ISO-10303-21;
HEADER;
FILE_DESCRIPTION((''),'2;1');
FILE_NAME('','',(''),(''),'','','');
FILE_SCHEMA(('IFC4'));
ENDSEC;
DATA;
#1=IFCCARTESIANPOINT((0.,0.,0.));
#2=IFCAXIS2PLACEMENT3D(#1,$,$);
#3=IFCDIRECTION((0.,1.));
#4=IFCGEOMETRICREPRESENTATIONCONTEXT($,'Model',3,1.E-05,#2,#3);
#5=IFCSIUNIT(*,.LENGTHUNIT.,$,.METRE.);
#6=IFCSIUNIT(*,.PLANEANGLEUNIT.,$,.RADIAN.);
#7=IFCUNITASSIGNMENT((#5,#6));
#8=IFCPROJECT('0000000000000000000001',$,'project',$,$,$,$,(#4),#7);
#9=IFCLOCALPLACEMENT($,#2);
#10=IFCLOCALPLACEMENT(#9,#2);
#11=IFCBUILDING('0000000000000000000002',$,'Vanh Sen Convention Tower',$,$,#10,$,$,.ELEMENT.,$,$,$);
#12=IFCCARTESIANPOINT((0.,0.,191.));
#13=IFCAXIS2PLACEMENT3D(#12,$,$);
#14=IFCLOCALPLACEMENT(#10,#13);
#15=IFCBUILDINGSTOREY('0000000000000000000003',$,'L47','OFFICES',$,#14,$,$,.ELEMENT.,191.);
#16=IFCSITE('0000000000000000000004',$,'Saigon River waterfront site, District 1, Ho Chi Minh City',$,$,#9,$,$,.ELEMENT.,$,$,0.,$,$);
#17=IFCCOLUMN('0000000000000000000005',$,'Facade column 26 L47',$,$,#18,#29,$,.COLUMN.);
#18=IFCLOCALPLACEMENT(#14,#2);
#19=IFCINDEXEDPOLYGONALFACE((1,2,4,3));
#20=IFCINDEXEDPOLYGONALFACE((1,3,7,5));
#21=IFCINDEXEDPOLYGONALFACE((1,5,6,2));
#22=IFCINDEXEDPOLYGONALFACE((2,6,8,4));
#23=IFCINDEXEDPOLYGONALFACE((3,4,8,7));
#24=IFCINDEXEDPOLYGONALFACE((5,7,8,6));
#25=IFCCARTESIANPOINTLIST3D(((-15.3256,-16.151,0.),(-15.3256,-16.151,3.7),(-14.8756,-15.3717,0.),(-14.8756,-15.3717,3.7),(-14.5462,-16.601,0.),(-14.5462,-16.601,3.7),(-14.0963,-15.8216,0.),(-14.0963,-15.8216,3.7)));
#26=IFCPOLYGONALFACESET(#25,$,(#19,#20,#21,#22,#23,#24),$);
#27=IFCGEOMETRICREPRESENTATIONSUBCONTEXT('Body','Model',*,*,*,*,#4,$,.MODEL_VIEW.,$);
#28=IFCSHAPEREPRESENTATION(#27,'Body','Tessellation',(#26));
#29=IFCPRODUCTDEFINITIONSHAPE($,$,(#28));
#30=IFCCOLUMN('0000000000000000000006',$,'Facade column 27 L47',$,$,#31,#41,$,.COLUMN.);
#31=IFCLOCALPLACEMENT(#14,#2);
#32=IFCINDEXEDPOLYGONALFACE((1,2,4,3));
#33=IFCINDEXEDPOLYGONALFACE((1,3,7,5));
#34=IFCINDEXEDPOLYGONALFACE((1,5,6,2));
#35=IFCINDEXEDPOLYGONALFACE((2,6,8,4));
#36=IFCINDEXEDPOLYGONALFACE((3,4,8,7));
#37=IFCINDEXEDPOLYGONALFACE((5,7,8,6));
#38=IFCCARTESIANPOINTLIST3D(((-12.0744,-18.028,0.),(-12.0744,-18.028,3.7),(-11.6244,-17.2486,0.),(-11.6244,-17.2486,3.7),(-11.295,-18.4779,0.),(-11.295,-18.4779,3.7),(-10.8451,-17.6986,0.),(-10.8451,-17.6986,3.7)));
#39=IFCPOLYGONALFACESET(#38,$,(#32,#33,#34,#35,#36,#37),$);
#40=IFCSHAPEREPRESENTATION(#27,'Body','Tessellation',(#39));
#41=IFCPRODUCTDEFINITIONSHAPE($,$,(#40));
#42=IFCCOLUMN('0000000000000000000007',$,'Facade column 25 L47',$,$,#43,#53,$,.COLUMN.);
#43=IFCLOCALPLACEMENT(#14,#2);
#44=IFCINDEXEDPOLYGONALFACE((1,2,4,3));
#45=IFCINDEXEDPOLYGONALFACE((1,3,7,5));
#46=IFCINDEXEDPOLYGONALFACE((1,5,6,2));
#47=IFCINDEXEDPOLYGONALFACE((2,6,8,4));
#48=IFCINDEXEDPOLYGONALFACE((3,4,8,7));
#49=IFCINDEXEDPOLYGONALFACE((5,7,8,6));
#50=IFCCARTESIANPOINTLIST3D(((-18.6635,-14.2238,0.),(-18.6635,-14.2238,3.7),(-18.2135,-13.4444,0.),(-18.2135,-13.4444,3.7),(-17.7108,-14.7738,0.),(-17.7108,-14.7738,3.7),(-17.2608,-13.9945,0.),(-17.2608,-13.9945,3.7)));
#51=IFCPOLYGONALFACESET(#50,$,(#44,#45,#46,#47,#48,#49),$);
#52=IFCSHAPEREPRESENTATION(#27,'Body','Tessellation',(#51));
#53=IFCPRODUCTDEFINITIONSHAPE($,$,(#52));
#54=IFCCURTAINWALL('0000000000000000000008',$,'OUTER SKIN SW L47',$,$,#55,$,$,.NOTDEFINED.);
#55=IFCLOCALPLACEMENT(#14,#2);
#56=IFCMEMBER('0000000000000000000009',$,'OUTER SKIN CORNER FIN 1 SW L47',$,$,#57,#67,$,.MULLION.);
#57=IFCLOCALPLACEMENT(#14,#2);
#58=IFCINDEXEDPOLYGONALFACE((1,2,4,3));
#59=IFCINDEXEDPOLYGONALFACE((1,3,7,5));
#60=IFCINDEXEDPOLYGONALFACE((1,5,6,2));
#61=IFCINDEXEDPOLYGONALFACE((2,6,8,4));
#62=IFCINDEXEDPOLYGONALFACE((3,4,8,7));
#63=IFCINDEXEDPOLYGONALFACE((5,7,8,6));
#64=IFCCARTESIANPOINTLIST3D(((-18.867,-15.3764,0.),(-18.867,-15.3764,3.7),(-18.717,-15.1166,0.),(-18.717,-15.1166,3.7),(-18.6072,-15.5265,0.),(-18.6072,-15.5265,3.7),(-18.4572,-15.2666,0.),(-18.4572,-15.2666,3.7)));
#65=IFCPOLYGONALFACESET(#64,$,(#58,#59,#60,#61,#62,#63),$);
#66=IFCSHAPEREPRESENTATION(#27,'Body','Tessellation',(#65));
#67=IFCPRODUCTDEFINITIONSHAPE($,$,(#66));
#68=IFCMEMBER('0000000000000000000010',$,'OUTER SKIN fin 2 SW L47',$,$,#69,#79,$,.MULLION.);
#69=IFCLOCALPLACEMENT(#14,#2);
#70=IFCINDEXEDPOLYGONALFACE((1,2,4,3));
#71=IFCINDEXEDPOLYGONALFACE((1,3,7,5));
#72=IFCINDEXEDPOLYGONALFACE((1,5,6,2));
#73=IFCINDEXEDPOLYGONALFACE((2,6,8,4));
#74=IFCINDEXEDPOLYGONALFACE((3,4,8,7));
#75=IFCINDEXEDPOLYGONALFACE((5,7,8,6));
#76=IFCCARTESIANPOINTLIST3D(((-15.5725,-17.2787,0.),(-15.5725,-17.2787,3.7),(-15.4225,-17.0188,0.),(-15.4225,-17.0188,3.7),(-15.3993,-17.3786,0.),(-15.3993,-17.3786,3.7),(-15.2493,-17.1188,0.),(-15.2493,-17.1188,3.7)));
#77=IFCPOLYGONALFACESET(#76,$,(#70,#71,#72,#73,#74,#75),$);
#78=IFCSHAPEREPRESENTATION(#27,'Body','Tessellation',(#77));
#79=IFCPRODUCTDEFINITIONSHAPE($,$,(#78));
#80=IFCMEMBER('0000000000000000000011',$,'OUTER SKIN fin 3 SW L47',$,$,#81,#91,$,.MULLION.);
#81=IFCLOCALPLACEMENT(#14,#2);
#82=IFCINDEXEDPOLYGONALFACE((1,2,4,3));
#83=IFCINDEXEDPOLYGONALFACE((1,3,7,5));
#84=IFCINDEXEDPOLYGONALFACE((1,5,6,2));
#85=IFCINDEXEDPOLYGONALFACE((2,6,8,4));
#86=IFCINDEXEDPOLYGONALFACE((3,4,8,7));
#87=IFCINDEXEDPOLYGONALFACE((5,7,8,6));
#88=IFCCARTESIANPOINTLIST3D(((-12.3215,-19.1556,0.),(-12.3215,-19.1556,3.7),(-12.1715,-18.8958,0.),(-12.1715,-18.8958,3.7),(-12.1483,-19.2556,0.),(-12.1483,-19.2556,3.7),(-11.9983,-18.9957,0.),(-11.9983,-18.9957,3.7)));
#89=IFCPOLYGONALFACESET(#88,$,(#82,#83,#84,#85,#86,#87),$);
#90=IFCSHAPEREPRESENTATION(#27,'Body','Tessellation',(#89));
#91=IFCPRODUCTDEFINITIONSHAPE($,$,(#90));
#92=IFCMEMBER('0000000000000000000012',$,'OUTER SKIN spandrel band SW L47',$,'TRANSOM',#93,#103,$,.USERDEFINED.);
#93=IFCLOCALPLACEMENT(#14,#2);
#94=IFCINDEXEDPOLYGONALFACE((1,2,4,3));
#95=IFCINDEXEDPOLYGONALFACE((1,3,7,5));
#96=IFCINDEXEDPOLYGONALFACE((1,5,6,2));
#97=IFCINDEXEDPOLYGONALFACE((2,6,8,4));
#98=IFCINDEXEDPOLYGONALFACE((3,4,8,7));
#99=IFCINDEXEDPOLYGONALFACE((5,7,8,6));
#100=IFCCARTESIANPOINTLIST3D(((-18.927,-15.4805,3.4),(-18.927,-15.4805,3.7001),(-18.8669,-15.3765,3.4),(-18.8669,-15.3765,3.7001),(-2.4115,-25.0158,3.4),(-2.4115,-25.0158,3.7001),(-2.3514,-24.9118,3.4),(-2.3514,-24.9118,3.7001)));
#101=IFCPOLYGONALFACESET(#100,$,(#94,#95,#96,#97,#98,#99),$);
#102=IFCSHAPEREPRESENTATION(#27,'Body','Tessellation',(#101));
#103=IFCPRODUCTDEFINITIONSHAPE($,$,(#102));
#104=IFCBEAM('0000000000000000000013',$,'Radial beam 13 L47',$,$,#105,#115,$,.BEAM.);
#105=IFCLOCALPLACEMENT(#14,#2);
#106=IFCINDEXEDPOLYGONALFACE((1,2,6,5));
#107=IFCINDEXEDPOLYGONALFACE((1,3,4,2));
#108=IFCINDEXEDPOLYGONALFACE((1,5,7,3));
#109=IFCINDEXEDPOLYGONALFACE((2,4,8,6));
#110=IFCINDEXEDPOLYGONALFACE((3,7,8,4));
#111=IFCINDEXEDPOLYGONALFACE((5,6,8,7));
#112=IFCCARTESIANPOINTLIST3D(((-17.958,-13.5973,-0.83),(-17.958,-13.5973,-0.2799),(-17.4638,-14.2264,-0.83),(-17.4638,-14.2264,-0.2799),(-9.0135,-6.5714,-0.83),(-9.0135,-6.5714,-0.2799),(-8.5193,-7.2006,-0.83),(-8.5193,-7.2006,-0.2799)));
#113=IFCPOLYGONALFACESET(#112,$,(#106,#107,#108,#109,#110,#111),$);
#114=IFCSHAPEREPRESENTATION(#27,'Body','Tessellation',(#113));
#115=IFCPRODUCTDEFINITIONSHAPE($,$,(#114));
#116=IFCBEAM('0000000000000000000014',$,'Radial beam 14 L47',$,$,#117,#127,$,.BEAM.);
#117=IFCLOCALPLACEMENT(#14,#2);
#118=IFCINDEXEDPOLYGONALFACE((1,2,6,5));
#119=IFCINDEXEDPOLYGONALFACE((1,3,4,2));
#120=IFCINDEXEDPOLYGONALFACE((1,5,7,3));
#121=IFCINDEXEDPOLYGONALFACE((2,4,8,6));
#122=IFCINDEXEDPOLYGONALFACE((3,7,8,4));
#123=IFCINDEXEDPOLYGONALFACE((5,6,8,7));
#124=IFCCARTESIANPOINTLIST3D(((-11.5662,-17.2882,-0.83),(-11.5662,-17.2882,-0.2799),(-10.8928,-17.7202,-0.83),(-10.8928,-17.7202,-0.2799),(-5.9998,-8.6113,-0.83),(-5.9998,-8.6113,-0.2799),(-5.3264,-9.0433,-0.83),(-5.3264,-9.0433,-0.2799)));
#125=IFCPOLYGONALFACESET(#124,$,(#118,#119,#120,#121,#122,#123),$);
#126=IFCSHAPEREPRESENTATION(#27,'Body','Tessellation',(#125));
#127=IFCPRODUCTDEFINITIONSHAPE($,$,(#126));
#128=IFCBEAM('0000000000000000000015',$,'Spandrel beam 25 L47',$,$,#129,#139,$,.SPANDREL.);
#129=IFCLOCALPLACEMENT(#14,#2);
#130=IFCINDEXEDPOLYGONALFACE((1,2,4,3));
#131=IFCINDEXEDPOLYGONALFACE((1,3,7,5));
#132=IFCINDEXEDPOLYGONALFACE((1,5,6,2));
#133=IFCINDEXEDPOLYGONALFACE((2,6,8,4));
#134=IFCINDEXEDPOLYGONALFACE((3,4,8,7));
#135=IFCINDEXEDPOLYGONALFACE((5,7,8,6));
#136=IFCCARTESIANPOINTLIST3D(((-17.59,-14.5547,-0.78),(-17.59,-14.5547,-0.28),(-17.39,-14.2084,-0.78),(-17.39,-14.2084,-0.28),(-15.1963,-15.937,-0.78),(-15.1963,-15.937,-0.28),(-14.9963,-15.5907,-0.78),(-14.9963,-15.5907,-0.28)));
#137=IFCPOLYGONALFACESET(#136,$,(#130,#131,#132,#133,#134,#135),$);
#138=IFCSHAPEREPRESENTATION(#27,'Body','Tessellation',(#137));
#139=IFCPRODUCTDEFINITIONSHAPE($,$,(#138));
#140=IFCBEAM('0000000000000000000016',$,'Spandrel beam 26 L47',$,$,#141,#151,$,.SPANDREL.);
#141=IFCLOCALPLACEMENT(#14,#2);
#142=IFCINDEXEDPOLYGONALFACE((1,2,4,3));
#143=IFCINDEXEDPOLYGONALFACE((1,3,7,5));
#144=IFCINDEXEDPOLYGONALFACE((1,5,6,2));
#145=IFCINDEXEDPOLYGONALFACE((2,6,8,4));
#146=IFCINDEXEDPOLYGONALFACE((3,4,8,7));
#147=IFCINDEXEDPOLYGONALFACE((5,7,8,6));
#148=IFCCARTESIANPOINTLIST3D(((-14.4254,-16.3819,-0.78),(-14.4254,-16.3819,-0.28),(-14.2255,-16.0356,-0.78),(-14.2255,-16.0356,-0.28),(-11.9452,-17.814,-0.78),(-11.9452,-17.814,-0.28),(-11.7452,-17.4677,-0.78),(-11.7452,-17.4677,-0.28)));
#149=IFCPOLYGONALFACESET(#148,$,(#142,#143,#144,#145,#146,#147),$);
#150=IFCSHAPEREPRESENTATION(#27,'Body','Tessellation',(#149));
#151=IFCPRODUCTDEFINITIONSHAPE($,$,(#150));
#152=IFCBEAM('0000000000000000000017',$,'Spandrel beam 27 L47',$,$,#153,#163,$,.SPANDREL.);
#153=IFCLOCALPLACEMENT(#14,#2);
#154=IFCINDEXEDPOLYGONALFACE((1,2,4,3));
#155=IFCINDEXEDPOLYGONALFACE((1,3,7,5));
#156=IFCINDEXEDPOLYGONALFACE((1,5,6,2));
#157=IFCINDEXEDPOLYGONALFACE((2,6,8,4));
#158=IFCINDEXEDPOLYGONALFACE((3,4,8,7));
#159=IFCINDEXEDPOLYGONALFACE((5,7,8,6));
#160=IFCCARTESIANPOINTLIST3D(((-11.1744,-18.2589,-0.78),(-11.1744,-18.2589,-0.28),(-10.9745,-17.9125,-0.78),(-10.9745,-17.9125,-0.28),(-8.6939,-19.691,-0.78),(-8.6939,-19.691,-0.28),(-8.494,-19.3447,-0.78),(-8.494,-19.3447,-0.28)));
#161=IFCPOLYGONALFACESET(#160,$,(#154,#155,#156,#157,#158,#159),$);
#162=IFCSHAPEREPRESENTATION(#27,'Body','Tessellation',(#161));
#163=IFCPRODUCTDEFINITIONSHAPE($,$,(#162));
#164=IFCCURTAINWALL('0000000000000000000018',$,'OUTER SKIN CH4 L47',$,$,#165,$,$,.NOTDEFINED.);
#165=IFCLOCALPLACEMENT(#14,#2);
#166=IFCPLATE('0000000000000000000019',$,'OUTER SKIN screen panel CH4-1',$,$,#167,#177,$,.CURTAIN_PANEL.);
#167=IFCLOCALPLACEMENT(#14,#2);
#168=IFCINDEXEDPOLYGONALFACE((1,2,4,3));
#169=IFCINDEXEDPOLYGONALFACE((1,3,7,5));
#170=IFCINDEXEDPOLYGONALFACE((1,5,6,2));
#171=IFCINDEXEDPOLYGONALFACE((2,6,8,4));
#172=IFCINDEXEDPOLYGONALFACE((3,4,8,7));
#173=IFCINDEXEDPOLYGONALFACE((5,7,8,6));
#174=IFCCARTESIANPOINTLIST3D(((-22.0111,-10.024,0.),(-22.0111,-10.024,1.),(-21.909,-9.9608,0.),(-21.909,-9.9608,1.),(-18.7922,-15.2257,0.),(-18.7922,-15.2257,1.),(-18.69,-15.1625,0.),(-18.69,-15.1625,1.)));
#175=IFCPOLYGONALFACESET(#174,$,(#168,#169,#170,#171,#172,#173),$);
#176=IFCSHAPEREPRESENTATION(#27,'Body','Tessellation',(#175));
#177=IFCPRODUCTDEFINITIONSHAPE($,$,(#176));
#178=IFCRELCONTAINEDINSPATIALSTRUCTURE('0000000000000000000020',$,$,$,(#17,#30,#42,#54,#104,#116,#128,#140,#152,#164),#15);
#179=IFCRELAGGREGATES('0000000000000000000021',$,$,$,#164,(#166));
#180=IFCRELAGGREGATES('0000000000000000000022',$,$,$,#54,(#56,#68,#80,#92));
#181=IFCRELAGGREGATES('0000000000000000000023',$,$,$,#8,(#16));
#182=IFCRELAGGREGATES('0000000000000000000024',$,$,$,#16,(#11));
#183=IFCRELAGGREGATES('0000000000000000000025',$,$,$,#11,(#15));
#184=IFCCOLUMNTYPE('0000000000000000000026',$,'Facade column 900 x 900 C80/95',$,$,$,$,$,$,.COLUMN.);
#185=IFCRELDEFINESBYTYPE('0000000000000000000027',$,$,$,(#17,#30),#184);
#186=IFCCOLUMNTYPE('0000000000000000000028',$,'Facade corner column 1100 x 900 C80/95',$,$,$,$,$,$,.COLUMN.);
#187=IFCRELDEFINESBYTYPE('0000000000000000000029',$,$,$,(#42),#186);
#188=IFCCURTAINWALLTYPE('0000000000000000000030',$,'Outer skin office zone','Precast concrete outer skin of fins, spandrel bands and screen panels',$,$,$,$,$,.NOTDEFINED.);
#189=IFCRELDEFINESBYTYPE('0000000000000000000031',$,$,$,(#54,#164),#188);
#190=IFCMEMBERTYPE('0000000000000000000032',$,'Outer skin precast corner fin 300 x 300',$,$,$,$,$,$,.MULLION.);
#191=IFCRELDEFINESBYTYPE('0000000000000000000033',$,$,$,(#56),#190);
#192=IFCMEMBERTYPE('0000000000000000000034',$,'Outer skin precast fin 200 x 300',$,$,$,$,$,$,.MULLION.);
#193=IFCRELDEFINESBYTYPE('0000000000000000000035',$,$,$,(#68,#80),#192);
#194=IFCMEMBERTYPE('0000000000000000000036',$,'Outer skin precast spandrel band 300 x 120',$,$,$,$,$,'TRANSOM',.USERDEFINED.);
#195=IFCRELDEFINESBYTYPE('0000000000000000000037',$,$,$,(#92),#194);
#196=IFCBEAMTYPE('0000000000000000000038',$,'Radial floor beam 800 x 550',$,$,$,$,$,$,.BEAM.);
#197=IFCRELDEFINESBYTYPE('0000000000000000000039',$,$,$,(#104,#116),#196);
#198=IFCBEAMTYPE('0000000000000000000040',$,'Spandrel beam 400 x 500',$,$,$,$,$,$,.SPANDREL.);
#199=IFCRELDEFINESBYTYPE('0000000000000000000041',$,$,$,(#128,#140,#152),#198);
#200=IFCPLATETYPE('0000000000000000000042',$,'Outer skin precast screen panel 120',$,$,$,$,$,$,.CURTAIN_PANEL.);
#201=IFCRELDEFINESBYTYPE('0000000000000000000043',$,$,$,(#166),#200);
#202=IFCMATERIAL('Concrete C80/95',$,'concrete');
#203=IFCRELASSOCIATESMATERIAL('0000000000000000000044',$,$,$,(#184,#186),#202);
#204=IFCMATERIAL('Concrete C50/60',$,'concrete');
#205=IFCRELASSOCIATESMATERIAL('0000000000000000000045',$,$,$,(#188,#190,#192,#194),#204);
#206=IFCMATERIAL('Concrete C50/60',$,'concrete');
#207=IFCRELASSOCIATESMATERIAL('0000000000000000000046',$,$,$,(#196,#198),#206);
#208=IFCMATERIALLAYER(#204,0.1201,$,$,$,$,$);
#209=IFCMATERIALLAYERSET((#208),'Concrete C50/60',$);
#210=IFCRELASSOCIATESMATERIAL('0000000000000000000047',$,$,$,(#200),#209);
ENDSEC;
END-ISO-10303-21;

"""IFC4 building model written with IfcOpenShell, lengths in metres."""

from ifc_helpers import new_model, si_unit, direction, frame, origin, origin_2d, place, context, subcontext, project, spatial, rectangle, extrude, material, layer, layer_set, material_profile, profile_set, type_object, element, aggregate, save


model = new_model("IFC4")

# Units and contexts
model_context = context("Model", 3, precision=1e-05, world=origin(), true_north=direction((0.0, 1.0)))
body_context = subcontext(model_context, "Body", "Model", "MODEL_VIEW")
ifc_project = project(units=[si_unit("LENGTHUNIT", "METRE"), si_unit("PLANEANGLEUNIT", "RADIAN")], contexts=[model_context])

# Site, building, storey
site_placement = place(None, origin())
site = spatial("IfcSite", under=ifc_project, at=site_placement, Name="Saigon River waterfront site, District 1, Ho Chi Minh City", CompositionType="ELEMENT", RefElevation=0.0)
building_placement = place(site_placement, origin())
building = spatial("IfcBuilding", under=site, at=building_placement, Name="Vanh Sen Convention Tower", CompositionType="ELEMENT")
storey_placement = place(building_placement, frame((0.0, 0.0, 191.0)))
storey = spatial("IfcBuildingStorey", under=building, at=storey_placement, Name="L47", Description="OFFICES", CompositionType="ELEMENT", Elevation=191.0)

# Columns
ifc_material_1 = material(Name="Concrete C80/95", Category="concrete")
ifc_material_profile_1 = material_profile(ifc_material_1, rectangle(XDim=0.8999, YDim=0.8999, at=origin_2d()), Name="RC 900X900")
ifc_profile_set_1 = profile_set([ifc_material_profile_1], Name="Concrete C80/95")
column_type_1 = type_object("IfcColumnType", Name="Facade column 900 x 900 C80/95", PredefinedType="COLUMN", material=ifc_profile_set_1)
for number, where, z_axis, x_axis, name in (
    (1, (-14.7109, -15.9863, 0.0), (0.0, 0.0, 1.0), (0.866025, -0.5, 0.0), "Facade column 26 L47"),
    (2, (-11.4597, -17.8633, 0.0), (0.0, 0.0, 1.0), (0.866025, -0.5, 0.0), "Facade column 27 L47"),
):
    element("IfcColumn", number, at=place(storey_placement, frame(where, z_axis=z_axis, x_axis=x_axis)), inside=storey, type_object=column_type_1, Name=name, PredefinedType="COLUMN", context=body_context, shape_type="SweptSolid", body=[
        extrude(rectangle(XDim=0.8999, YDim=0.8999, at=origin_2d()), origin(), (0.0, 0.0, 1.0), 3.7),
    ])
ifc_material_profile_2 = material_profile(ifc_material_1, rectangle(XDim=1.1001, YDim=0.8999, at=origin_2d()), Name="RC 1100X900")
ifc_profile_set_2 = profile_set([ifc_material_profile_2], Name="Concrete C80/95")
column_type_2 = type_object("IfcColumnType", Name="Facade corner column 1100 x 900 C80/95", PredefinedType="COLUMN", material=ifc_profile_set_2)
column_placement = place(storey_placement, frame((-17.9622, -14.1091, 0.0), z_axis=(0.0, 0.0, 1.0), x_axis=(0.866025, -0.5, 0.0)))
element("IfcColumn", 3, at=column_placement, inside=storey, type_object=column_type_2, Name="Facade column 25 L47", PredefinedType="COLUMN", context=body_context, shape_type="SweptSolid", body=[
    extrude(rectangle(XDim=1.1001, YDim=0.8999, at=origin_2d()), origin(), (0.0, 0.0, 1.0), 3.7),
])

# Curtain wall, members
ifc_material_2 = material(Name="Concrete C50/60", Category="concrete")
curtain_wall_type = type_object("IfcCurtainWallType", Name="Outer skin office zone", Description="Precast concrete outer skin of fins, spandrel bands and screen panels", PredefinedType="NOTDEFINED", material=ifc_material_2)
curtain_wall_1_placement = place(storey_placement, origin())
curtain_wall_1 = element("IfcCurtainWall", 4, at=curtain_wall_1_placement, inside=storey, type_object=curtain_wall_type, Name="OUTER SKIN SW L47", PredefinedType="NOTDEFINED")
ifc_material_profile_3 = material_profile(ifc_material_2, rectangle(XDim=0.3, YDim=0.3, at=origin_2d()), Name="Outer skin precast corner fin 300 x 300")
ifc_profile_set_3 = profile_set([ifc_material_profile_3], Name="Concrete C50/60")
member_type_1 = type_object("IfcMemberType", Name="Outer skin precast corner fin 300 x 300", PredefinedType="MULLION", material=ifc_profile_set_3)
member_1_placement = place(storey_placement, frame((-18.6621, -15.3215, 0.0), z_axis=(0.0, 0.0, 1.0), x_axis=(0.866025, -0.5, 0.0)))
member_1 = element("IfcMember", 5, at=member_1_placement, type_object=member_type_1, Name="OUTER SKIN CORNER FIN 1 SW L47", PredefinedType="MULLION", context=body_context, shape_type="SweptSolid", body=[
    extrude(rectangle(XDim=0.3, YDim=0.3, at=origin_2d()), origin(), (0.0, 0.0, 1.0), 3.7),
])
ifc_material_profile_4 = material_profile(ifc_material_2, rectangle(XDim=0.2, YDim=0.3, at=origin_2d()), Name="Outer skin precast fin 200 x 300")
ifc_profile_set_4 = profile_set([ifc_material_profile_4], Name="Concrete C50/60")
member_type_2 = type_object("IfcMemberType", Name="Outer skin precast fin 200 x 300", PredefinedType="MULLION", material=ifc_profile_set_4)
member_2_placement = place(storey_placement, frame((-15.4109, -17.1987, 0.0), z_axis=(0.0, 0.0, 1.0), x_axis=(0.866025, -0.5, 0.0)))
member_2 = element("IfcMember", 6, at=member_2_placement, type_object=member_type_2, Name="OUTER SKIN fin 2 SW L47", PredefinedType="MULLION", context=body_context, shape_type="SweptSolid", body=[
    extrude(rectangle(XDim=0.2, YDim=0.3, at=origin_2d()), origin(), (0.0, 0.0, 1.0), 3.7),
])
member_3_placement = place(storey_placement, frame((-12.1599, -19.0757, 0.0), z_axis=(0.0, 0.0, 1.0), x_axis=(0.866025, -0.5, 0.0)))
member_3 = element("IfcMember", 7, at=member_3_placement, type_object=member_type_2, Name="OUTER SKIN fin 3 SW L47", PredefinedType="MULLION", context=body_context, shape_type="SweptSolid", body=[
    extrude(rectangle(XDim=0.2, YDim=0.3, at=origin_2d()), origin(), (0.0, 0.0, 1.0), 3.7),
])
ifc_material_profile_5 = material_profile(ifc_material_2, rectangle(XDim=0.1201, YDim=0.3, at=origin_2d()), Name="Outer skin precast spandrel band 300 x 120")
ifc_profile_set_5 = profile_set([ifc_material_profile_5], Name="Concrete C50/60")
member_type_3 = type_object("IfcMemberType", Name="Outer skin precast spandrel band 300 x 120", ElementType="TRANSOM", PredefinedType="USERDEFINED", material=ifc_profile_set_5)
member_4_placement = place(storey_placement, frame((-18.897, -15.4285, 3.55), z_axis=(0.866023, -0.500004, 0.0), x_axis=(0.500004, 0.866023, 0.0)))
member_4 = element("IfcMember", 8, at=member_4_placement, type_object=member_type_3, Name="OUTER SKIN spandrel band SW L47", ObjectType="TRANSOM", PredefinedType="USERDEFINED", context=body_context, shape_type="SweptSolid", body=[
    extrude(rectangle(XDim=0.1201, YDim=0.3, at=origin_2d()), origin(), (0.0, 0.0, 1.0), 19.0706),
])

# Beams
ifc_material_3 = material(Name="Concrete C50/60", Category="concrete")
ifc_material_profile_6 = material_profile(ifc_material_3, rectangle(XDim=0.8, YDim=0.55, at=origin_2d()), Name="RC 800X550")
ifc_profile_set_6 = profile_set([ifc_material_profile_6], Name="Concrete C50/60")
beam_type_1 = type_object("IfcBeamType", Name="Radial floor beam 800 x 550", PredefinedType="BEAM", material=ifc_profile_set_6)
beam_1_placement = place(storey_placement, frame((-17.7109, -13.9119, -0.5549), z_axis=(0.786404, 0.617713, 0.0), x_axis=(-0.617713, 0.786404, 0.0)))
element("IfcBeam", 9, at=beam_1_placement, inside=storey, type_object=beam_type_1, Name="Radial beam 13 L47", PredefinedType="BEAM", context=body_context, shape_type="SweptSolid", body=[
    extrude(rectangle(XDim=0.8, YDim=0.55, at=origin_2d()), origin(), (0.0, 0.0, 1.0), 11.374),
])
beam_2_placement = place(storey_placement, frame((-11.2295, -17.5042, -0.5549), z_axis=(0.539967, 0.841686, 0.0), x_axis=(-0.841686, 0.539967, 0.0)))
element("IfcBeam", 10, at=beam_2_placement, inside=storey, type_object=beam_type_1, Name="Radial beam 14 L47", PredefinedType="BEAM", context=body_context, shape_type="SweptSolid", body=[
    extrude(rectangle(XDim=0.8, YDim=0.55, at=origin_2d()), origin(), (0.0, 0.0, 1.0), 10.3088),
])
ifc_material_profile_7 = material_profile(ifc_material_3, rectangle(XDim=0.3999, YDim=0.5, at=origin_2d()), Name="RC 400X500")
ifc_profile_set_7 = profile_set([ifc_material_profile_7], Name="Concrete C50/60")
beam_type_2 = type_object("IfcBeamType", Name="Spandrel beam 400 x 500", PredefinedType="SPANDREL", material=ifc_profile_set_7)
beam_3_placement = place(storey_placement, frame((-17.49, -14.3816, -0.53), z_axis=(0.865984, -0.500072, 0.0), x_axis=(0.500072, 0.865984, 0.0)))
element("IfcBeam", 11, at=beam_3_placement, inside=storey, type_object=beam_type_2, Name="Spandrel beam 25 L47", PredefinedType="SPANDREL", context=body_context, shape_type="SweptSolid", body=[
    extrude(rectangle(XDim=0.3999, YDim=0.5, at=origin_2d()), origin(), (0.0, 0.0, 1.0), 2.7642),
])
beam_4_placement = place(storey_placement, frame((-14.3254, -16.2087, -0.53), z_axis=(0.866, -0.500045, 0.0), x_axis=(0.500045, 0.866, 0.0)))
element("IfcBeam", 12, at=beam_4_placement, inside=storey, type_object=beam_type_2, Name="Spandrel beam 26 L47", PredefinedType="SPANDREL", context=body_context, shape_type="SweptSolid", body=[
    extrude(rectangle(XDim=0.3999, YDim=0.5, at=origin_2d()), origin(), (0.0, 0.0, 1.0), 2.864),
])
beam_5_placement = place(storey_placement, frame((-11.0745, -18.0857, -0.53), z_axis=(0.866021, -0.500008, 0.0), x_axis=(0.500008, 0.866021, 0.0)))
element("IfcBeam", 13, at=beam_5_placement, inside=storey, type_object=beam_type_2, Name="Spandrel beam 27 L47", PredefinedType="SPANDREL", context=body_context, shape_type="SweptSolid", body=[
    extrude(rectangle(XDim=0.3999, YDim=0.5, at=origin_2d()), origin(), (0.0, 0.0, 1.0), 2.8643),
])

# Curtain wall, plate
curtain_wall_2_placement = place(storey_placement, origin())
curtain_wall_2 = element("IfcCurtainWall", 14, at=curtain_wall_2_placement, inside=storey, type_object=curtain_wall_type, Name="OUTER SKIN CH4 L47", PredefinedType="NOTDEFINED")
ifc_layer_1 = layer(ifc_material_2, 0.1201)
ifc_layer_set_1 = layer_set([ifc_layer_1], Name="Concrete C50/60")
plate_type = type_object("IfcPlateType", Name="Outer skin precast screen panel 120", PredefinedType="CURTAIN_PANEL", material=ifc_layer_set_1)
plate_1_placement = place(storey_placement, frame((-20.3506, -12.5933, 0.0), z_axis=(0.0, 0.0, 1.0), x_axis=(0.526218, -0.850349, 0.0)))
plate_1 = element("IfcPlate", 15, at=plate_1_placement, type_object=plate_type, Name="OUTER SKIN screen panel CH4-1", PredefinedType="CURTAIN_PANEL", context=body_context, shape_type="SweptSolid", body=[
    extrude(rectangle(XDim=6.1172, YDim=0.1201, at=origin_2d()), origin(), (0.0, 0.0, 1.0), 1.0),
])
aggregate(curtain_wall_2, [plate_1])

aggregate(curtain_wall_1, [member_1, member_2, member_3, member_4])

save(model, "model.ifc")
